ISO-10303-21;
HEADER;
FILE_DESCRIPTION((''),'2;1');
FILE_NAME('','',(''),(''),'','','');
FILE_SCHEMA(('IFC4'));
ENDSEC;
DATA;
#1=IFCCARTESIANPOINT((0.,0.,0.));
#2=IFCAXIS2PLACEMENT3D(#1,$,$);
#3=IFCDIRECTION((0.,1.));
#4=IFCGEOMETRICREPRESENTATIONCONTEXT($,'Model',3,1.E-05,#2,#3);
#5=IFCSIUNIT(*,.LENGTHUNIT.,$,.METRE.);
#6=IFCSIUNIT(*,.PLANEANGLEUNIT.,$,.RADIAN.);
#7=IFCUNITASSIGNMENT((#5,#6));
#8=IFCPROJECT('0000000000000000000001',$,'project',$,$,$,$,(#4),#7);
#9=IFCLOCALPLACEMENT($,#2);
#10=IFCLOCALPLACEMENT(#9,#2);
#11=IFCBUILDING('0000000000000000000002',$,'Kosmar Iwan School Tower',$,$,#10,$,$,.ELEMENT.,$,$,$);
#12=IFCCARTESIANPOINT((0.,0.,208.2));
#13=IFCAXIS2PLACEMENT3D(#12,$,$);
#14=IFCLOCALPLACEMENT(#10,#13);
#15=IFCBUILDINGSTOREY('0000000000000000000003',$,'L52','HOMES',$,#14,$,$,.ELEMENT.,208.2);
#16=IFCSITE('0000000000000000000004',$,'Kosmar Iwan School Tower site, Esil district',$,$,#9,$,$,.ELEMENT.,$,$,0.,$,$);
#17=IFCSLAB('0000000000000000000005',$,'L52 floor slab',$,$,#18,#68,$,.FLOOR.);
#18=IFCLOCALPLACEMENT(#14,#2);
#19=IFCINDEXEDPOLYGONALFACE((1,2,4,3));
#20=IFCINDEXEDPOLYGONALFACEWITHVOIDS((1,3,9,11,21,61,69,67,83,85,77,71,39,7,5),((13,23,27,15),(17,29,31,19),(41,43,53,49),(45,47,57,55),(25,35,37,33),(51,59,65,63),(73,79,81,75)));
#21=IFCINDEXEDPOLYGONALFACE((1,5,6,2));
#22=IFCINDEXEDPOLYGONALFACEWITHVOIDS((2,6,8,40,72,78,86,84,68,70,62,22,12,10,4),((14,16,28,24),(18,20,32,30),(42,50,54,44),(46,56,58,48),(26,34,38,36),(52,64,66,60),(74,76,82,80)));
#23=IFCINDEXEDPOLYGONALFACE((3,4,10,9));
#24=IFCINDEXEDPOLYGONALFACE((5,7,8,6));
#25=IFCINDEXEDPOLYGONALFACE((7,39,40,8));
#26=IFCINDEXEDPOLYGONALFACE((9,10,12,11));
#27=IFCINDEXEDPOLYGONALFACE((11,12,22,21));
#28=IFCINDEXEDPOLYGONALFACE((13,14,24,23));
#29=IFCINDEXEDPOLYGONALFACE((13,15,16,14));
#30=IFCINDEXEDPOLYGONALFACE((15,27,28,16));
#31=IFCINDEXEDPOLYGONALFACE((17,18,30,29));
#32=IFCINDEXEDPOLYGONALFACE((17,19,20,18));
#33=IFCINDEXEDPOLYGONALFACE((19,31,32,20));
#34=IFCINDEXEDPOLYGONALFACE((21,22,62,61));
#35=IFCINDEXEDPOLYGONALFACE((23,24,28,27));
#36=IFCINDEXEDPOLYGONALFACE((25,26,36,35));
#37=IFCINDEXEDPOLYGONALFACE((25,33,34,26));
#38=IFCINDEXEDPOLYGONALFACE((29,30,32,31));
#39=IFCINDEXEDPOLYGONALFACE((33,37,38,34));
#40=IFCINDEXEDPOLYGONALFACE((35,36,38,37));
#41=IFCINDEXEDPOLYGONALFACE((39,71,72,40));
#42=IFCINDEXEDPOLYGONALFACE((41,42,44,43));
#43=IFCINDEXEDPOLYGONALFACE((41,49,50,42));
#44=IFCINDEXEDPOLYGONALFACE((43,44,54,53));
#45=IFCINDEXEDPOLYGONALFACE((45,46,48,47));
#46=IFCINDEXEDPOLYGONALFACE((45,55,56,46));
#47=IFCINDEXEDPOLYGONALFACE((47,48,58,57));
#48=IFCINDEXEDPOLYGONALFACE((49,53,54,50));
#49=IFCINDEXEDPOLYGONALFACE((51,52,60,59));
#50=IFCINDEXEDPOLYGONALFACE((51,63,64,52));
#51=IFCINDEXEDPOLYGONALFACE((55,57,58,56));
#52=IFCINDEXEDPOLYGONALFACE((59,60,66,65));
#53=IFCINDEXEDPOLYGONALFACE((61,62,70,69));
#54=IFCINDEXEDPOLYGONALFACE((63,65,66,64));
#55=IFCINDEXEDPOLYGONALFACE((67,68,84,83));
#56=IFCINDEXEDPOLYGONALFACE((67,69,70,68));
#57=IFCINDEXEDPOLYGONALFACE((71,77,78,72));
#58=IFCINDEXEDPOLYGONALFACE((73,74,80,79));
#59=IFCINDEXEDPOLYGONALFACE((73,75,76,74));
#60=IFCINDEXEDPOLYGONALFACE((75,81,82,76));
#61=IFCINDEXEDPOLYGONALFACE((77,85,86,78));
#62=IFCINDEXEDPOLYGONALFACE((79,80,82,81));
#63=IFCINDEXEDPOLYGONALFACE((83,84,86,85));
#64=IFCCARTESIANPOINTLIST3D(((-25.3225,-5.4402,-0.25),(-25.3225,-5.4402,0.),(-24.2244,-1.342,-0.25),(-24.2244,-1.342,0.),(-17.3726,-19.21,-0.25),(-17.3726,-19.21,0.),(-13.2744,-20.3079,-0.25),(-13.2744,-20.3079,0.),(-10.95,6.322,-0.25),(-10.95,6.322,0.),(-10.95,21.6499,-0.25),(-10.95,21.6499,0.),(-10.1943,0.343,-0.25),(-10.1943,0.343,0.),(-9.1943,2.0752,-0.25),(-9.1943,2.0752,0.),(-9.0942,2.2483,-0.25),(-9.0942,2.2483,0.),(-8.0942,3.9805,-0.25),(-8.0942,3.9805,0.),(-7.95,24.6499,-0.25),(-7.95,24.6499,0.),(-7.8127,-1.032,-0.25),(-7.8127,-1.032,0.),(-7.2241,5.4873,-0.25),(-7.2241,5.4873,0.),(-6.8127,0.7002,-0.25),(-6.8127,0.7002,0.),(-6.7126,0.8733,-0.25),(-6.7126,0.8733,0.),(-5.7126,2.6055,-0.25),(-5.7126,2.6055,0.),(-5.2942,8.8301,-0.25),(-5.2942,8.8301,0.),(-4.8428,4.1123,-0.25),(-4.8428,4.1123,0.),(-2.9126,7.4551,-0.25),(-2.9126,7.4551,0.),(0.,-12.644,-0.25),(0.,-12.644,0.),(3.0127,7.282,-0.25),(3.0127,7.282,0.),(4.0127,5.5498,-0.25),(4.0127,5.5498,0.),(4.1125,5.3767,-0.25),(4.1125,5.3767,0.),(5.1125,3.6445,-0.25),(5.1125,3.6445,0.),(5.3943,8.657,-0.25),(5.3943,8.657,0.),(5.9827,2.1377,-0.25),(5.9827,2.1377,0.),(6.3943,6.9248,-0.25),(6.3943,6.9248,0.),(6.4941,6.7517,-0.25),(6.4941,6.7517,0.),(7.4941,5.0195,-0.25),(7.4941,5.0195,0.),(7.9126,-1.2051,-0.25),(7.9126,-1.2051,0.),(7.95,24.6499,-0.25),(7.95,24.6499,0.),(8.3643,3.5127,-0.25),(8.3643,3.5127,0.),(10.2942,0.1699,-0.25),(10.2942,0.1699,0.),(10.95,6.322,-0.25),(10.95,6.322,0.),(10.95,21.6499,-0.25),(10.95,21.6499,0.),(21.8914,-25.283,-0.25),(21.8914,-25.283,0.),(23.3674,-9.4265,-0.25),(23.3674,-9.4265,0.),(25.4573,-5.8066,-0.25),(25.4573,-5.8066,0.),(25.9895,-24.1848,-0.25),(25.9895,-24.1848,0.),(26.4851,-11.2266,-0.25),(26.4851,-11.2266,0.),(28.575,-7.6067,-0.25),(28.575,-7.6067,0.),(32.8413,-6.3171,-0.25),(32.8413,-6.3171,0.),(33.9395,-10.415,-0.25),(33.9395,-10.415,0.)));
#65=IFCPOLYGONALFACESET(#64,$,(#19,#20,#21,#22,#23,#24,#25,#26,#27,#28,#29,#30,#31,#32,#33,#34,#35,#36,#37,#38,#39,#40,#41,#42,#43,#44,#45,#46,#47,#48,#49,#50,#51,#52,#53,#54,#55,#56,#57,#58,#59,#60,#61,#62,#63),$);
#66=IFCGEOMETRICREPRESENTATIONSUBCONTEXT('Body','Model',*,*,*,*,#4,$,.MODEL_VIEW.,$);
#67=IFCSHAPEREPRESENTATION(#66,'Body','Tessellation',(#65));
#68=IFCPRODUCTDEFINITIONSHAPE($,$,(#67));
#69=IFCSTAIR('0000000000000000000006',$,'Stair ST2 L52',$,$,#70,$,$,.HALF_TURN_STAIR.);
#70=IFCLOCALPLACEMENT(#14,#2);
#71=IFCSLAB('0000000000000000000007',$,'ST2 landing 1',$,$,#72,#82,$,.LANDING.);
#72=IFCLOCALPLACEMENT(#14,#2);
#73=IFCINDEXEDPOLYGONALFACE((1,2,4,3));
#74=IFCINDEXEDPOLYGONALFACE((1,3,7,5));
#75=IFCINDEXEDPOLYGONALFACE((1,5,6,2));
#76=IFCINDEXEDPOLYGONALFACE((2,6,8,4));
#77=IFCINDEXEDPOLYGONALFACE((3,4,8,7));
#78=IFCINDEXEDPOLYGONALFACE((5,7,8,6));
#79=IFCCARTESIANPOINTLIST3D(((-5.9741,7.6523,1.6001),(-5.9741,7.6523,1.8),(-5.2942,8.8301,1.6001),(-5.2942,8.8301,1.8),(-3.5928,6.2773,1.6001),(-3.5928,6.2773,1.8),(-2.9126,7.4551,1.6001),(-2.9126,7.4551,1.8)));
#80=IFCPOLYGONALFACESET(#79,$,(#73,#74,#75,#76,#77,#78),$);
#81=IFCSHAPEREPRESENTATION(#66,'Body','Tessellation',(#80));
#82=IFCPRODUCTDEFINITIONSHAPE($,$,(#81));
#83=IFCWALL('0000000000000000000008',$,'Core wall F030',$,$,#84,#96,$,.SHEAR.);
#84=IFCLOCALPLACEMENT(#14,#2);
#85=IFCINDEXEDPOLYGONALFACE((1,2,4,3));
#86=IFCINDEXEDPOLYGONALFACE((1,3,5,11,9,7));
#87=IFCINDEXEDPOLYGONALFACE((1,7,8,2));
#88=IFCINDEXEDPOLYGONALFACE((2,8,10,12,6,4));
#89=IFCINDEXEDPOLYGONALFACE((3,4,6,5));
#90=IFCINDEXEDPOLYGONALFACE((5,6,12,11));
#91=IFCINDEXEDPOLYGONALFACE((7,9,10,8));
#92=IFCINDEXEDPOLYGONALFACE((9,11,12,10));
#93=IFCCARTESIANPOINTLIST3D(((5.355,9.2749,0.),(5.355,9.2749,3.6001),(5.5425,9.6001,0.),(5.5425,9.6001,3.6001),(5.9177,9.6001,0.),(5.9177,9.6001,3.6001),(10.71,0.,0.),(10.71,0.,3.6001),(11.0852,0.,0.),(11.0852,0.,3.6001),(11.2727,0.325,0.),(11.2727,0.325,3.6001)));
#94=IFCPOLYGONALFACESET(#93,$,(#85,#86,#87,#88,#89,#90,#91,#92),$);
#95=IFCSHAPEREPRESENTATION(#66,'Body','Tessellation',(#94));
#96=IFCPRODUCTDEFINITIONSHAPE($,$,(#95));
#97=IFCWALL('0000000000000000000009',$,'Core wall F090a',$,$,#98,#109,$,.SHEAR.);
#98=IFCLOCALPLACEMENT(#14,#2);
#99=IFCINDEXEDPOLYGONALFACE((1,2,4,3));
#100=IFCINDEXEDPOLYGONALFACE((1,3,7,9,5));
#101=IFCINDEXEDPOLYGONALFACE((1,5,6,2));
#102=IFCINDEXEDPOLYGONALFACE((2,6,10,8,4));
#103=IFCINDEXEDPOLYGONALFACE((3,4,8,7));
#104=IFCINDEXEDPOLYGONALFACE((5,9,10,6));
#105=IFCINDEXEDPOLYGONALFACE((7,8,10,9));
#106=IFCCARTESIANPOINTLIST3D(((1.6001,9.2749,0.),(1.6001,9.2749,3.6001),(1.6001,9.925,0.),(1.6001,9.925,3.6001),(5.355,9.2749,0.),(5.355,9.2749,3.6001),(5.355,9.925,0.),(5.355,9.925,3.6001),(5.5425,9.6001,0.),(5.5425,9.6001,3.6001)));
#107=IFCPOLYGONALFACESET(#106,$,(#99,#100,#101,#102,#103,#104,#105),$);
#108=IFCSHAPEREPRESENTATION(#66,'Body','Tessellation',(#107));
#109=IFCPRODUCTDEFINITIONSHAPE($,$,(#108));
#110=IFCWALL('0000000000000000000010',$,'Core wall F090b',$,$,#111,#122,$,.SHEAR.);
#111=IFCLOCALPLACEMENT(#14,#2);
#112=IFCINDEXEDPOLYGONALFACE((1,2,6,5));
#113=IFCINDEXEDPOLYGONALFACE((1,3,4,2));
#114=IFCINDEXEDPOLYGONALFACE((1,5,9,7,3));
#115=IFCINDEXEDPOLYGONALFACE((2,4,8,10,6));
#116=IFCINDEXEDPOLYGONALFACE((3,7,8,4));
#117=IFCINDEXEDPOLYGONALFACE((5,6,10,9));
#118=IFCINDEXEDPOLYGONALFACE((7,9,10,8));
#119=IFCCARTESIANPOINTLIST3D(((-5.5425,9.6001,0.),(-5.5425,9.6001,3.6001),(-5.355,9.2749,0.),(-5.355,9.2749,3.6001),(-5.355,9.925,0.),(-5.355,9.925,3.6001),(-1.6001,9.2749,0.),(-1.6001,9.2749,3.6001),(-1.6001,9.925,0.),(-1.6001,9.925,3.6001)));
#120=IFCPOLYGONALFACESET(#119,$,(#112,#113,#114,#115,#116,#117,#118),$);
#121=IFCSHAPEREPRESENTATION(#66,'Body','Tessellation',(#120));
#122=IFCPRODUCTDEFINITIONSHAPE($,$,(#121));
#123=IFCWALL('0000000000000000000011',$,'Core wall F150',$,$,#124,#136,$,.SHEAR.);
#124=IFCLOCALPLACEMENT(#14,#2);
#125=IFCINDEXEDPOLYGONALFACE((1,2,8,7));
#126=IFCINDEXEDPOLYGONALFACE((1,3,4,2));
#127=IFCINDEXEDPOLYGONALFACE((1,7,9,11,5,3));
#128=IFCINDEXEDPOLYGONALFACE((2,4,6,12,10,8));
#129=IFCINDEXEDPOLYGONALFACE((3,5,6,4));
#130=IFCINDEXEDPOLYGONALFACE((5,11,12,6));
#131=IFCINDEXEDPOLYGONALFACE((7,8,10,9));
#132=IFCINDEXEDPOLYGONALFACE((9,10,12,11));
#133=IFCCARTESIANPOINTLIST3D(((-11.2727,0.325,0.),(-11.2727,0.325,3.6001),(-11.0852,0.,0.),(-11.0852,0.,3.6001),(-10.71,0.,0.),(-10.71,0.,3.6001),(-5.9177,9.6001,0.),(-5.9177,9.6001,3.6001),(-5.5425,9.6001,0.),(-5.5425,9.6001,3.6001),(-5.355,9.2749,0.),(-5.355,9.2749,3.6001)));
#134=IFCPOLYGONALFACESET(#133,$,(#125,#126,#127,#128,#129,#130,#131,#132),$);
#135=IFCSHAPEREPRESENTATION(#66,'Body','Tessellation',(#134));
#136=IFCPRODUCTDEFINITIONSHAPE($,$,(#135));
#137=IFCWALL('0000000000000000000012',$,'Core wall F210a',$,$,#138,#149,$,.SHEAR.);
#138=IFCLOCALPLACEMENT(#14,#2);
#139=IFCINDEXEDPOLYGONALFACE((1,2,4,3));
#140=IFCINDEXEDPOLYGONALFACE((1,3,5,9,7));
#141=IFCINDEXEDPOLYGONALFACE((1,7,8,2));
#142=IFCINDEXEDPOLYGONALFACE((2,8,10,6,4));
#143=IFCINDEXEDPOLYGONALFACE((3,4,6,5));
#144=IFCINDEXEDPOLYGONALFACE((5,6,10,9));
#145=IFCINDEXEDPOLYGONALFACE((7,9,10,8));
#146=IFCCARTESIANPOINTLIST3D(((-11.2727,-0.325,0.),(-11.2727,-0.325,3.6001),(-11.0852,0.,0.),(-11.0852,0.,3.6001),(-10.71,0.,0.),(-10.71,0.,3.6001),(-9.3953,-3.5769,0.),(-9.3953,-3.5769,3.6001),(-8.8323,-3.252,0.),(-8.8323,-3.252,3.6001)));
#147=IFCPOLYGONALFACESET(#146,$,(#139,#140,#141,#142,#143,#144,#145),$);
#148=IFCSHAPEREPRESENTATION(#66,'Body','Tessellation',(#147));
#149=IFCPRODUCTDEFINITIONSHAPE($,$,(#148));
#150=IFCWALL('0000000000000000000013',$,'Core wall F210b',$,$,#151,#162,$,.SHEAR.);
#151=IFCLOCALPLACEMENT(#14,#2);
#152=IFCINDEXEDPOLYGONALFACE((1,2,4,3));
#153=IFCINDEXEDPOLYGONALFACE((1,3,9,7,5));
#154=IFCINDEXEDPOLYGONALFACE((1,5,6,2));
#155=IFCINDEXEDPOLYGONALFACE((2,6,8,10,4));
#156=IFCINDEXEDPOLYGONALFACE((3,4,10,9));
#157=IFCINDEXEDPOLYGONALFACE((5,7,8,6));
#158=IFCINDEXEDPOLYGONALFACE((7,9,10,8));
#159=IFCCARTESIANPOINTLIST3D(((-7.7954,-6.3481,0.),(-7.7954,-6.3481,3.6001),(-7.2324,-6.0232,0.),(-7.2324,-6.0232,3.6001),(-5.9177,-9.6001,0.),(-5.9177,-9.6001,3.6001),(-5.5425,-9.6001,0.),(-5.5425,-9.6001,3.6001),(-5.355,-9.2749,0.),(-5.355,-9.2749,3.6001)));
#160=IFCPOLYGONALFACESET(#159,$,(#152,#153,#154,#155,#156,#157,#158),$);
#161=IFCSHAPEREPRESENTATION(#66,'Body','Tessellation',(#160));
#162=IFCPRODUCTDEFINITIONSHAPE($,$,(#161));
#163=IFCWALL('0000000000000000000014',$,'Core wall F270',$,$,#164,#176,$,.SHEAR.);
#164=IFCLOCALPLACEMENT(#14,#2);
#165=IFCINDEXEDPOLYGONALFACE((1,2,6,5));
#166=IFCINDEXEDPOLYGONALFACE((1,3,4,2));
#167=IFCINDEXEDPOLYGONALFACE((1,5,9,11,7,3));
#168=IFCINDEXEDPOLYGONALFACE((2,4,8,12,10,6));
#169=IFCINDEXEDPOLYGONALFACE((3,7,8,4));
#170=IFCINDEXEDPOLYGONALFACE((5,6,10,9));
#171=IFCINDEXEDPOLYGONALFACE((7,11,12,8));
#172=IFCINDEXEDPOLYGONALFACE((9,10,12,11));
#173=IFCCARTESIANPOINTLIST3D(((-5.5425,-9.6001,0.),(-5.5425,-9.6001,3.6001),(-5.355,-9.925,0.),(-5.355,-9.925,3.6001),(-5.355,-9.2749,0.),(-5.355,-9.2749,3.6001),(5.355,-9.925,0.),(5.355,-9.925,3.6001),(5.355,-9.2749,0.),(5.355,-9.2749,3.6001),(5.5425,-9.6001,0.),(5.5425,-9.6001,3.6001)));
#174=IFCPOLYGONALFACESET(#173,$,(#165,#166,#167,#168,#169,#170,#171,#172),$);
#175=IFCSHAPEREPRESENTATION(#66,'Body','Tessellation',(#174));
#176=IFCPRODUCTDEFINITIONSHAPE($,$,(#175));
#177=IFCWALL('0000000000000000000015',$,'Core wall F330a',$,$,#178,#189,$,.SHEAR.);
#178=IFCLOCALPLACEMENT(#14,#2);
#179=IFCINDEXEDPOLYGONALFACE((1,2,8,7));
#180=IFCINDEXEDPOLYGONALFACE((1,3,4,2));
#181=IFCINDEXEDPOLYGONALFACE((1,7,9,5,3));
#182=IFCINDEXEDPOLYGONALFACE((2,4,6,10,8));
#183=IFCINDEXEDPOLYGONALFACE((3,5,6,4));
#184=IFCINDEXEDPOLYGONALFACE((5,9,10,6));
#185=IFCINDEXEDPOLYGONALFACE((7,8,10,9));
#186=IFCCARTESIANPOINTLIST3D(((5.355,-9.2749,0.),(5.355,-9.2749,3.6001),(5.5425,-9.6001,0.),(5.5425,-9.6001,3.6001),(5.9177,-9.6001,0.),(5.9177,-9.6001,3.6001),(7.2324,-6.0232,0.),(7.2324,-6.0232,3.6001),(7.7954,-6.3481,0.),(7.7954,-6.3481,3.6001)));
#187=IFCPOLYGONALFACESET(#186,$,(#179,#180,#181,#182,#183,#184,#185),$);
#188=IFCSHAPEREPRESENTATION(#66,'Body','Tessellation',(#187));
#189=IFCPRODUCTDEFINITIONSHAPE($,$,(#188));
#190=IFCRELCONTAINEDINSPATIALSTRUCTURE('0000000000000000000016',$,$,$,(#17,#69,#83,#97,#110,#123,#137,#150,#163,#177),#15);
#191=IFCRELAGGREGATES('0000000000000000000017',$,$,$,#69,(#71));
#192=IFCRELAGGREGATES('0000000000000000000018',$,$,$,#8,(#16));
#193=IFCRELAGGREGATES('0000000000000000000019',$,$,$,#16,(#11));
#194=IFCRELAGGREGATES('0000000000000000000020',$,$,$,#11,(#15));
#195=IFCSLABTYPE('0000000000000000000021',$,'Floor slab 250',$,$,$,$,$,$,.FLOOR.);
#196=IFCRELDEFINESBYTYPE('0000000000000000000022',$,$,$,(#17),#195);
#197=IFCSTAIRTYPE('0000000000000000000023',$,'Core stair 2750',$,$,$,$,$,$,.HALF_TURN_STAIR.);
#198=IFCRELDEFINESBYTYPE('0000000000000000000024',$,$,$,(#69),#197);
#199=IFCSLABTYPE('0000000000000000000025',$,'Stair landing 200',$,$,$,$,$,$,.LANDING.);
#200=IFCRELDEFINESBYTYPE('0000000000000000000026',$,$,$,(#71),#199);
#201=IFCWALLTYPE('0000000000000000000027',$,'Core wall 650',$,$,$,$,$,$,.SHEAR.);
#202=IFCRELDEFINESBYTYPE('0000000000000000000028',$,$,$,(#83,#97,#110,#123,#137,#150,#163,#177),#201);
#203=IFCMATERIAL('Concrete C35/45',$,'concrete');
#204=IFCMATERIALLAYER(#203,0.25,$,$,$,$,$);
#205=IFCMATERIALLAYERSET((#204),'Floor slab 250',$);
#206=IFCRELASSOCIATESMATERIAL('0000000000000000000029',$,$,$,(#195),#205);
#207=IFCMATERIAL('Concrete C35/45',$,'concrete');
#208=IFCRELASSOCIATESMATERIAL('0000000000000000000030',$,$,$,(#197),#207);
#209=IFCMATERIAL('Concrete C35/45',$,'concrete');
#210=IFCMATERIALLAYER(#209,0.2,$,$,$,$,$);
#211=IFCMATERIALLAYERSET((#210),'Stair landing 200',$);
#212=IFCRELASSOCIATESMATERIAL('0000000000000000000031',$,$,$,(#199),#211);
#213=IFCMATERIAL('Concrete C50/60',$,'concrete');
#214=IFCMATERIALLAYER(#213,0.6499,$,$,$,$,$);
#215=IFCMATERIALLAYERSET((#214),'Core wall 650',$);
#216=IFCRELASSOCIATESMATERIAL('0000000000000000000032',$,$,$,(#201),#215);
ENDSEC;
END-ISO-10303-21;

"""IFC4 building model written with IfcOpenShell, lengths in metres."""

from ifc_helpers import new_model, si_unit, direction, frame, origin, place, context, subcontext, project, spatial, polyline, outline, extrude, material, layer, layer_set, type_object, element, aggregate, save


model = new_model("IFC4")

# Units and contexts
model_context = context("Model", 3, precision=1e-05, world=origin(), true_north=direction((0.0, 1.0)))
body_context = subcontext(model_context, "Body", "Model", "MODEL_VIEW")
ifc_project = project(units=[si_unit("LENGTHUNIT", "METRE"), si_unit("PLANEANGLEUNIT", "RADIAN")], contexts=[model_context])

# Site, building, storey
site_placement = place(None, origin())
site = spatial("IfcSite", under=ifc_project, at=site_placement, Name="Kosmar Iwan School Tower site, Esil district", CompositionType="ELEMENT", RefElevation=0.0)
building_placement = place(site_placement, origin())
building = spatial("IfcBuilding", under=site, at=building_placement, Name="Kosmar Iwan School Tower", CompositionType="ELEMENT")
storey_placement = place(building_placement, frame((0.0, 0.0, 208.2)))
storey = spatial("IfcBuildingStorey", under=building, at=storey_placement, Name="L52", Description="HOMES", CompositionType="ELEMENT", Elevation=208.2)

# Slab
ifc_material_1 = material(Name="Concrete C35/45", Category="concrete")
ifc_layer_1 = layer(ifc_material_1, 0.25)
ifc_layer_set_1 = layer_set([ifc_layer_1], Name="Floor slab 250")
slab_type_1 = type_object("IfcSlabType", Name="Floor slab 250", PredefinedType="FLOOR", material=ifc_layer_set_1)
slab_1_placement = place(storey_placement, frame((0.0, 0.0, -0.25)))
element("IfcSlab", 1, at=slab_1_placement, inside=storey, type_object=slab_type_1, Name="L52 floor slab", PredefinedType="FLOOR", context=body_context, shape_type="SweptSolid", body=[
    extrude(outline(polyline([(21.8914, -25.283), (25.9895, -24.1848), (33.9395, -10.415), (32.8413, -6.3171), (10.95, 6.322), (10.95, 21.6499), (7.95, 24.6499), (-7.95, 24.6499), (-10.95, 21.6499), (-10.95, 6.322), (-24.2244, -1.342), (-25.3225, -5.4402), (-17.3726, -19.21), (-13.2744, -20.3079), (0.0, -12.644), (21.8914, -25.283)]), holes=[polyline([(7.9126, -1.2051), (10.2942, 0.1699), (8.3643, 3.5127), (5.9827, 2.1377), (7.9126, -1.2051)]), polyline([(-2.9126, 7.4551), (-5.2942, 8.8301), (-7.2241, 5.4873), (-4.8428, 4.1123), (-2.9126, 7.4551)]), polyline([(-5.7126, 2.6055), (-8.0942, 3.9805), (-9.0942, 2.2483), (-6.7126, 0.8733), (-5.7126, 2.6055)]), polyline([(-6.8127, 0.7002), (-9.1943, 2.0752), (-10.1943, 0.343), (-7.8127, -1.032), (-6.8127, 0.7002)]), polyline([(5.1125, 3.6445), (7.4941, 5.0195), (6.4941, 6.7517), (4.1125, 5.3767), (5.1125, 3.6445)]), polyline([(4.0127, 5.5498), (6.3943, 6.9248), (5.3943, 8.657), (3.0127, 7.282), (4.0127, 5.5498)]), polyline([(23.3674, -9.4265), (26.4851, -11.2266), (28.575, -7.6067), (25.4573, -5.8066), (23.3674, -9.4265)])]), origin(), (0.0, 0.0, 1.0), 0.25),
])

# Stair, slab
ifc_material_2 = material(Name="Concrete C35/45", Category="concrete")
stair_type = type_object("IfcStairType", Name="Core stair 2750", PredefinedType="HALF_TURN_STAIR", material=ifc_material_2)
stair_placement = place(storey_placement, origin())
stair = element("IfcStair", 2, at=stair_placement, inside=storey, type_object=stair_type, Name="Stair ST2 L52", PredefinedType="HALF_TURN_STAIR")
ifc_material_3 = material(Name="Concrete C35/45", Category="concrete")
ifc_layer_2 = layer(ifc_material_3, 0.2)
ifc_layer_set_2 = layer_set([ifc_layer_2], Name="Stair landing 200")
slab_type_2 = type_object("IfcSlabType", Name="Stair landing 200", PredefinedType="LANDING", material=ifc_layer_set_2)
slab_2_placement = place(storey_placement, frame((0.0, 0.0, 1.6001)))
slab_2 = element("IfcSlab", 3, at=slab_2_placement, type_object=slab_type_2, Name="ST2 landing 1", PredefinedType="LANDING", context=body_context, shape_type="SweptSolid", body=[
    extrude(outline(polyline([(-2.9126, 7.4551), (-5.2942, 8.8301), (-5.9741, 7.6523), (-3.5928, 6.2773), (-2.9126, 7.4551)])), origin(), (0.0, 0.0, 1.0), 0.2),
])
aggregate(stair, [slab_2])

# Walls
ifc_material_4 = material(Name="Concrete C50/60", Category="concrete")
ifc_layer_3 = layer(ifc_material_4, 0.6499)
ifc_layer_set_3 = layer_set([ifc_layer_3], Name="Core wall 650")
wall_type = type_object("IfcWallType", Name="Core wall 650", PredefinedType="SHEAR", material=ifc_layer_set_3)
wall_1_placement = place(storey_placement, origin())
element("IfcWall", 4, at=wall_1_placement, inside=storey, type_object=wall_type, Name="Core wall F030", PredefinedType="SHEAR", context=body_context, shape_type="SweptSolid", body=[
    extrude(outline(polyline([(10.71, 0.0), (11.0852, 0.0), (11.2727, 0.325), (5.9177, 9.6001), (5.5425, 9.6001), (5.355, 9.2749), (10.71, 0.0)])), origin(), (0.0, 0.0, 1.0), 3.6001),
])
wall_2_placement = place(storey_placement, origin())
element("IfcWall", 5, at=wall_2_placement, inside=storey, type_object=wall_type, Name="Core wall F090a", PredefinedType="SHEAR", context=body_context, shape_type="SweptSolid", body=[
    extrude(outline(polyline([(1.6001, 9.2749), (5.355, 9.2749), (5.5425, 9.6001), (5.355, 9.925), (1.6001, 9.925), (1.6001, 9.2749)])), origin(), (0.0, 0.0, 1.0), 3.6001),
])
wall_3_placement = place(storey_placement, origin())
element("IfcWall", 6, at=wall_3_placement, inside=storey, type_object=wall_type, Name="Core wall F090b", PredefinedType="SHEAR", context=body_context, shape_type="SweptSolid", body=[
    extrude(outline(polyline([(-5.355, 9.2749), (-1.6001, 9.2749), (-1.6001, 9.925), (-5.355, 9.925), (-5.5425, 9.6001), (-5.355, 9.2749)])), origin(), (0.0, 0.0, 1.0), 3.6001),
])
wall_4_placement = place(storey_placement, origin())
element("IfcWall", 7, at=wall_4_placement, inside=storey, type_object=wall_type, Name="Core wall F150", PredefinedType="SHEAR", context=body_context, shape_type="SweptSolid", body=[
    extrude(outline(polyline([(-11.0852, 0.0), (-10.71, 0.0), (-5.355, 9.2749), (-5.5425, 9.6001), (-5.9177, 9.6001), (-11.2727, 0.325), (-11.0852, 0.0)])), origin(), (0.0, 0.0, 1.0), 3.6001),
])
wall_5_placement = place(storey_placement, origin())
element("IfcWall", 8, at=wall_5_placement, inside=storey, type_object=wall_type, Name="Core wall F210a", PredefinedType="SHEAR", context=body_context, shape_type="SweptSolid", body=[
    extrude(outline(polyline([(-9.3953, -3.5769), (-8.8323, -3.252), (-10.71, 0.0), (-11.0852, 0.0), (-11.2727, -0.325), (-9.3953, -3.5769)])), origin(), (0.0, 0.0, 1.0), 3.6001),
])
wall_6_placement = place(storey_placement, origin())
element("IfcWall", 9, at=wall_6_placement, inside=storey, type_object=wall_type, Name="Core wall F210b", PredefinedType="SHEAR", context=body_context, shape_type="SweptSolid", body=[
    extrude(outline(polyline([(-5.9177, -9.6001), (-5.5425, -9.6001), (-5.355, -9.2749), (-7.2324, -6.0232), (-7.7954, -6.3481), (-5.9177, -9.6001)])), origin(), (0.0, 0.0, 1.0), 3.6001),
])
wall_7_placement = place(storey_placement, origin())
element("IfcWall", 10, at=wall_7_placement, inside=storey, type_object=wall_type, Name="Core wall F270", PredefinedType="SHEAR", context=body_context, shape_type="SweptSolid", body=[
    extrude(outline(polyline([(-5.355, -9.925), (5.355, -9.925), (5.5425, -9.6001), (5.355, -9.2749), (-5.355, -9.2749), (-5.5425, -9.6001), (-5.355, -9.925)])), origin(), (0.0, 0.0, 1.0), 3.6001),
])
wall_8_placement = place(storey_placement, origin())
element("IfcWall", 11, at=wall_8_placement, inside=storey, type_object=wall_type, Name="Core wall F330a", PredefinedType="SHEAR", context=body_context, shape_type="SweptSolid", body=[
    extrude(outline(polyline([(5.5425, -9.6001), (5.9177, -9.6001), (7.7954, -6.3481), (7.2324, -6.0232), (5.355, -9.2749), (5.5425, -9.6001)])), origin(), (0.0, 0.0, 1.0), 3.6001),
])

save(model, "model.ifc")
